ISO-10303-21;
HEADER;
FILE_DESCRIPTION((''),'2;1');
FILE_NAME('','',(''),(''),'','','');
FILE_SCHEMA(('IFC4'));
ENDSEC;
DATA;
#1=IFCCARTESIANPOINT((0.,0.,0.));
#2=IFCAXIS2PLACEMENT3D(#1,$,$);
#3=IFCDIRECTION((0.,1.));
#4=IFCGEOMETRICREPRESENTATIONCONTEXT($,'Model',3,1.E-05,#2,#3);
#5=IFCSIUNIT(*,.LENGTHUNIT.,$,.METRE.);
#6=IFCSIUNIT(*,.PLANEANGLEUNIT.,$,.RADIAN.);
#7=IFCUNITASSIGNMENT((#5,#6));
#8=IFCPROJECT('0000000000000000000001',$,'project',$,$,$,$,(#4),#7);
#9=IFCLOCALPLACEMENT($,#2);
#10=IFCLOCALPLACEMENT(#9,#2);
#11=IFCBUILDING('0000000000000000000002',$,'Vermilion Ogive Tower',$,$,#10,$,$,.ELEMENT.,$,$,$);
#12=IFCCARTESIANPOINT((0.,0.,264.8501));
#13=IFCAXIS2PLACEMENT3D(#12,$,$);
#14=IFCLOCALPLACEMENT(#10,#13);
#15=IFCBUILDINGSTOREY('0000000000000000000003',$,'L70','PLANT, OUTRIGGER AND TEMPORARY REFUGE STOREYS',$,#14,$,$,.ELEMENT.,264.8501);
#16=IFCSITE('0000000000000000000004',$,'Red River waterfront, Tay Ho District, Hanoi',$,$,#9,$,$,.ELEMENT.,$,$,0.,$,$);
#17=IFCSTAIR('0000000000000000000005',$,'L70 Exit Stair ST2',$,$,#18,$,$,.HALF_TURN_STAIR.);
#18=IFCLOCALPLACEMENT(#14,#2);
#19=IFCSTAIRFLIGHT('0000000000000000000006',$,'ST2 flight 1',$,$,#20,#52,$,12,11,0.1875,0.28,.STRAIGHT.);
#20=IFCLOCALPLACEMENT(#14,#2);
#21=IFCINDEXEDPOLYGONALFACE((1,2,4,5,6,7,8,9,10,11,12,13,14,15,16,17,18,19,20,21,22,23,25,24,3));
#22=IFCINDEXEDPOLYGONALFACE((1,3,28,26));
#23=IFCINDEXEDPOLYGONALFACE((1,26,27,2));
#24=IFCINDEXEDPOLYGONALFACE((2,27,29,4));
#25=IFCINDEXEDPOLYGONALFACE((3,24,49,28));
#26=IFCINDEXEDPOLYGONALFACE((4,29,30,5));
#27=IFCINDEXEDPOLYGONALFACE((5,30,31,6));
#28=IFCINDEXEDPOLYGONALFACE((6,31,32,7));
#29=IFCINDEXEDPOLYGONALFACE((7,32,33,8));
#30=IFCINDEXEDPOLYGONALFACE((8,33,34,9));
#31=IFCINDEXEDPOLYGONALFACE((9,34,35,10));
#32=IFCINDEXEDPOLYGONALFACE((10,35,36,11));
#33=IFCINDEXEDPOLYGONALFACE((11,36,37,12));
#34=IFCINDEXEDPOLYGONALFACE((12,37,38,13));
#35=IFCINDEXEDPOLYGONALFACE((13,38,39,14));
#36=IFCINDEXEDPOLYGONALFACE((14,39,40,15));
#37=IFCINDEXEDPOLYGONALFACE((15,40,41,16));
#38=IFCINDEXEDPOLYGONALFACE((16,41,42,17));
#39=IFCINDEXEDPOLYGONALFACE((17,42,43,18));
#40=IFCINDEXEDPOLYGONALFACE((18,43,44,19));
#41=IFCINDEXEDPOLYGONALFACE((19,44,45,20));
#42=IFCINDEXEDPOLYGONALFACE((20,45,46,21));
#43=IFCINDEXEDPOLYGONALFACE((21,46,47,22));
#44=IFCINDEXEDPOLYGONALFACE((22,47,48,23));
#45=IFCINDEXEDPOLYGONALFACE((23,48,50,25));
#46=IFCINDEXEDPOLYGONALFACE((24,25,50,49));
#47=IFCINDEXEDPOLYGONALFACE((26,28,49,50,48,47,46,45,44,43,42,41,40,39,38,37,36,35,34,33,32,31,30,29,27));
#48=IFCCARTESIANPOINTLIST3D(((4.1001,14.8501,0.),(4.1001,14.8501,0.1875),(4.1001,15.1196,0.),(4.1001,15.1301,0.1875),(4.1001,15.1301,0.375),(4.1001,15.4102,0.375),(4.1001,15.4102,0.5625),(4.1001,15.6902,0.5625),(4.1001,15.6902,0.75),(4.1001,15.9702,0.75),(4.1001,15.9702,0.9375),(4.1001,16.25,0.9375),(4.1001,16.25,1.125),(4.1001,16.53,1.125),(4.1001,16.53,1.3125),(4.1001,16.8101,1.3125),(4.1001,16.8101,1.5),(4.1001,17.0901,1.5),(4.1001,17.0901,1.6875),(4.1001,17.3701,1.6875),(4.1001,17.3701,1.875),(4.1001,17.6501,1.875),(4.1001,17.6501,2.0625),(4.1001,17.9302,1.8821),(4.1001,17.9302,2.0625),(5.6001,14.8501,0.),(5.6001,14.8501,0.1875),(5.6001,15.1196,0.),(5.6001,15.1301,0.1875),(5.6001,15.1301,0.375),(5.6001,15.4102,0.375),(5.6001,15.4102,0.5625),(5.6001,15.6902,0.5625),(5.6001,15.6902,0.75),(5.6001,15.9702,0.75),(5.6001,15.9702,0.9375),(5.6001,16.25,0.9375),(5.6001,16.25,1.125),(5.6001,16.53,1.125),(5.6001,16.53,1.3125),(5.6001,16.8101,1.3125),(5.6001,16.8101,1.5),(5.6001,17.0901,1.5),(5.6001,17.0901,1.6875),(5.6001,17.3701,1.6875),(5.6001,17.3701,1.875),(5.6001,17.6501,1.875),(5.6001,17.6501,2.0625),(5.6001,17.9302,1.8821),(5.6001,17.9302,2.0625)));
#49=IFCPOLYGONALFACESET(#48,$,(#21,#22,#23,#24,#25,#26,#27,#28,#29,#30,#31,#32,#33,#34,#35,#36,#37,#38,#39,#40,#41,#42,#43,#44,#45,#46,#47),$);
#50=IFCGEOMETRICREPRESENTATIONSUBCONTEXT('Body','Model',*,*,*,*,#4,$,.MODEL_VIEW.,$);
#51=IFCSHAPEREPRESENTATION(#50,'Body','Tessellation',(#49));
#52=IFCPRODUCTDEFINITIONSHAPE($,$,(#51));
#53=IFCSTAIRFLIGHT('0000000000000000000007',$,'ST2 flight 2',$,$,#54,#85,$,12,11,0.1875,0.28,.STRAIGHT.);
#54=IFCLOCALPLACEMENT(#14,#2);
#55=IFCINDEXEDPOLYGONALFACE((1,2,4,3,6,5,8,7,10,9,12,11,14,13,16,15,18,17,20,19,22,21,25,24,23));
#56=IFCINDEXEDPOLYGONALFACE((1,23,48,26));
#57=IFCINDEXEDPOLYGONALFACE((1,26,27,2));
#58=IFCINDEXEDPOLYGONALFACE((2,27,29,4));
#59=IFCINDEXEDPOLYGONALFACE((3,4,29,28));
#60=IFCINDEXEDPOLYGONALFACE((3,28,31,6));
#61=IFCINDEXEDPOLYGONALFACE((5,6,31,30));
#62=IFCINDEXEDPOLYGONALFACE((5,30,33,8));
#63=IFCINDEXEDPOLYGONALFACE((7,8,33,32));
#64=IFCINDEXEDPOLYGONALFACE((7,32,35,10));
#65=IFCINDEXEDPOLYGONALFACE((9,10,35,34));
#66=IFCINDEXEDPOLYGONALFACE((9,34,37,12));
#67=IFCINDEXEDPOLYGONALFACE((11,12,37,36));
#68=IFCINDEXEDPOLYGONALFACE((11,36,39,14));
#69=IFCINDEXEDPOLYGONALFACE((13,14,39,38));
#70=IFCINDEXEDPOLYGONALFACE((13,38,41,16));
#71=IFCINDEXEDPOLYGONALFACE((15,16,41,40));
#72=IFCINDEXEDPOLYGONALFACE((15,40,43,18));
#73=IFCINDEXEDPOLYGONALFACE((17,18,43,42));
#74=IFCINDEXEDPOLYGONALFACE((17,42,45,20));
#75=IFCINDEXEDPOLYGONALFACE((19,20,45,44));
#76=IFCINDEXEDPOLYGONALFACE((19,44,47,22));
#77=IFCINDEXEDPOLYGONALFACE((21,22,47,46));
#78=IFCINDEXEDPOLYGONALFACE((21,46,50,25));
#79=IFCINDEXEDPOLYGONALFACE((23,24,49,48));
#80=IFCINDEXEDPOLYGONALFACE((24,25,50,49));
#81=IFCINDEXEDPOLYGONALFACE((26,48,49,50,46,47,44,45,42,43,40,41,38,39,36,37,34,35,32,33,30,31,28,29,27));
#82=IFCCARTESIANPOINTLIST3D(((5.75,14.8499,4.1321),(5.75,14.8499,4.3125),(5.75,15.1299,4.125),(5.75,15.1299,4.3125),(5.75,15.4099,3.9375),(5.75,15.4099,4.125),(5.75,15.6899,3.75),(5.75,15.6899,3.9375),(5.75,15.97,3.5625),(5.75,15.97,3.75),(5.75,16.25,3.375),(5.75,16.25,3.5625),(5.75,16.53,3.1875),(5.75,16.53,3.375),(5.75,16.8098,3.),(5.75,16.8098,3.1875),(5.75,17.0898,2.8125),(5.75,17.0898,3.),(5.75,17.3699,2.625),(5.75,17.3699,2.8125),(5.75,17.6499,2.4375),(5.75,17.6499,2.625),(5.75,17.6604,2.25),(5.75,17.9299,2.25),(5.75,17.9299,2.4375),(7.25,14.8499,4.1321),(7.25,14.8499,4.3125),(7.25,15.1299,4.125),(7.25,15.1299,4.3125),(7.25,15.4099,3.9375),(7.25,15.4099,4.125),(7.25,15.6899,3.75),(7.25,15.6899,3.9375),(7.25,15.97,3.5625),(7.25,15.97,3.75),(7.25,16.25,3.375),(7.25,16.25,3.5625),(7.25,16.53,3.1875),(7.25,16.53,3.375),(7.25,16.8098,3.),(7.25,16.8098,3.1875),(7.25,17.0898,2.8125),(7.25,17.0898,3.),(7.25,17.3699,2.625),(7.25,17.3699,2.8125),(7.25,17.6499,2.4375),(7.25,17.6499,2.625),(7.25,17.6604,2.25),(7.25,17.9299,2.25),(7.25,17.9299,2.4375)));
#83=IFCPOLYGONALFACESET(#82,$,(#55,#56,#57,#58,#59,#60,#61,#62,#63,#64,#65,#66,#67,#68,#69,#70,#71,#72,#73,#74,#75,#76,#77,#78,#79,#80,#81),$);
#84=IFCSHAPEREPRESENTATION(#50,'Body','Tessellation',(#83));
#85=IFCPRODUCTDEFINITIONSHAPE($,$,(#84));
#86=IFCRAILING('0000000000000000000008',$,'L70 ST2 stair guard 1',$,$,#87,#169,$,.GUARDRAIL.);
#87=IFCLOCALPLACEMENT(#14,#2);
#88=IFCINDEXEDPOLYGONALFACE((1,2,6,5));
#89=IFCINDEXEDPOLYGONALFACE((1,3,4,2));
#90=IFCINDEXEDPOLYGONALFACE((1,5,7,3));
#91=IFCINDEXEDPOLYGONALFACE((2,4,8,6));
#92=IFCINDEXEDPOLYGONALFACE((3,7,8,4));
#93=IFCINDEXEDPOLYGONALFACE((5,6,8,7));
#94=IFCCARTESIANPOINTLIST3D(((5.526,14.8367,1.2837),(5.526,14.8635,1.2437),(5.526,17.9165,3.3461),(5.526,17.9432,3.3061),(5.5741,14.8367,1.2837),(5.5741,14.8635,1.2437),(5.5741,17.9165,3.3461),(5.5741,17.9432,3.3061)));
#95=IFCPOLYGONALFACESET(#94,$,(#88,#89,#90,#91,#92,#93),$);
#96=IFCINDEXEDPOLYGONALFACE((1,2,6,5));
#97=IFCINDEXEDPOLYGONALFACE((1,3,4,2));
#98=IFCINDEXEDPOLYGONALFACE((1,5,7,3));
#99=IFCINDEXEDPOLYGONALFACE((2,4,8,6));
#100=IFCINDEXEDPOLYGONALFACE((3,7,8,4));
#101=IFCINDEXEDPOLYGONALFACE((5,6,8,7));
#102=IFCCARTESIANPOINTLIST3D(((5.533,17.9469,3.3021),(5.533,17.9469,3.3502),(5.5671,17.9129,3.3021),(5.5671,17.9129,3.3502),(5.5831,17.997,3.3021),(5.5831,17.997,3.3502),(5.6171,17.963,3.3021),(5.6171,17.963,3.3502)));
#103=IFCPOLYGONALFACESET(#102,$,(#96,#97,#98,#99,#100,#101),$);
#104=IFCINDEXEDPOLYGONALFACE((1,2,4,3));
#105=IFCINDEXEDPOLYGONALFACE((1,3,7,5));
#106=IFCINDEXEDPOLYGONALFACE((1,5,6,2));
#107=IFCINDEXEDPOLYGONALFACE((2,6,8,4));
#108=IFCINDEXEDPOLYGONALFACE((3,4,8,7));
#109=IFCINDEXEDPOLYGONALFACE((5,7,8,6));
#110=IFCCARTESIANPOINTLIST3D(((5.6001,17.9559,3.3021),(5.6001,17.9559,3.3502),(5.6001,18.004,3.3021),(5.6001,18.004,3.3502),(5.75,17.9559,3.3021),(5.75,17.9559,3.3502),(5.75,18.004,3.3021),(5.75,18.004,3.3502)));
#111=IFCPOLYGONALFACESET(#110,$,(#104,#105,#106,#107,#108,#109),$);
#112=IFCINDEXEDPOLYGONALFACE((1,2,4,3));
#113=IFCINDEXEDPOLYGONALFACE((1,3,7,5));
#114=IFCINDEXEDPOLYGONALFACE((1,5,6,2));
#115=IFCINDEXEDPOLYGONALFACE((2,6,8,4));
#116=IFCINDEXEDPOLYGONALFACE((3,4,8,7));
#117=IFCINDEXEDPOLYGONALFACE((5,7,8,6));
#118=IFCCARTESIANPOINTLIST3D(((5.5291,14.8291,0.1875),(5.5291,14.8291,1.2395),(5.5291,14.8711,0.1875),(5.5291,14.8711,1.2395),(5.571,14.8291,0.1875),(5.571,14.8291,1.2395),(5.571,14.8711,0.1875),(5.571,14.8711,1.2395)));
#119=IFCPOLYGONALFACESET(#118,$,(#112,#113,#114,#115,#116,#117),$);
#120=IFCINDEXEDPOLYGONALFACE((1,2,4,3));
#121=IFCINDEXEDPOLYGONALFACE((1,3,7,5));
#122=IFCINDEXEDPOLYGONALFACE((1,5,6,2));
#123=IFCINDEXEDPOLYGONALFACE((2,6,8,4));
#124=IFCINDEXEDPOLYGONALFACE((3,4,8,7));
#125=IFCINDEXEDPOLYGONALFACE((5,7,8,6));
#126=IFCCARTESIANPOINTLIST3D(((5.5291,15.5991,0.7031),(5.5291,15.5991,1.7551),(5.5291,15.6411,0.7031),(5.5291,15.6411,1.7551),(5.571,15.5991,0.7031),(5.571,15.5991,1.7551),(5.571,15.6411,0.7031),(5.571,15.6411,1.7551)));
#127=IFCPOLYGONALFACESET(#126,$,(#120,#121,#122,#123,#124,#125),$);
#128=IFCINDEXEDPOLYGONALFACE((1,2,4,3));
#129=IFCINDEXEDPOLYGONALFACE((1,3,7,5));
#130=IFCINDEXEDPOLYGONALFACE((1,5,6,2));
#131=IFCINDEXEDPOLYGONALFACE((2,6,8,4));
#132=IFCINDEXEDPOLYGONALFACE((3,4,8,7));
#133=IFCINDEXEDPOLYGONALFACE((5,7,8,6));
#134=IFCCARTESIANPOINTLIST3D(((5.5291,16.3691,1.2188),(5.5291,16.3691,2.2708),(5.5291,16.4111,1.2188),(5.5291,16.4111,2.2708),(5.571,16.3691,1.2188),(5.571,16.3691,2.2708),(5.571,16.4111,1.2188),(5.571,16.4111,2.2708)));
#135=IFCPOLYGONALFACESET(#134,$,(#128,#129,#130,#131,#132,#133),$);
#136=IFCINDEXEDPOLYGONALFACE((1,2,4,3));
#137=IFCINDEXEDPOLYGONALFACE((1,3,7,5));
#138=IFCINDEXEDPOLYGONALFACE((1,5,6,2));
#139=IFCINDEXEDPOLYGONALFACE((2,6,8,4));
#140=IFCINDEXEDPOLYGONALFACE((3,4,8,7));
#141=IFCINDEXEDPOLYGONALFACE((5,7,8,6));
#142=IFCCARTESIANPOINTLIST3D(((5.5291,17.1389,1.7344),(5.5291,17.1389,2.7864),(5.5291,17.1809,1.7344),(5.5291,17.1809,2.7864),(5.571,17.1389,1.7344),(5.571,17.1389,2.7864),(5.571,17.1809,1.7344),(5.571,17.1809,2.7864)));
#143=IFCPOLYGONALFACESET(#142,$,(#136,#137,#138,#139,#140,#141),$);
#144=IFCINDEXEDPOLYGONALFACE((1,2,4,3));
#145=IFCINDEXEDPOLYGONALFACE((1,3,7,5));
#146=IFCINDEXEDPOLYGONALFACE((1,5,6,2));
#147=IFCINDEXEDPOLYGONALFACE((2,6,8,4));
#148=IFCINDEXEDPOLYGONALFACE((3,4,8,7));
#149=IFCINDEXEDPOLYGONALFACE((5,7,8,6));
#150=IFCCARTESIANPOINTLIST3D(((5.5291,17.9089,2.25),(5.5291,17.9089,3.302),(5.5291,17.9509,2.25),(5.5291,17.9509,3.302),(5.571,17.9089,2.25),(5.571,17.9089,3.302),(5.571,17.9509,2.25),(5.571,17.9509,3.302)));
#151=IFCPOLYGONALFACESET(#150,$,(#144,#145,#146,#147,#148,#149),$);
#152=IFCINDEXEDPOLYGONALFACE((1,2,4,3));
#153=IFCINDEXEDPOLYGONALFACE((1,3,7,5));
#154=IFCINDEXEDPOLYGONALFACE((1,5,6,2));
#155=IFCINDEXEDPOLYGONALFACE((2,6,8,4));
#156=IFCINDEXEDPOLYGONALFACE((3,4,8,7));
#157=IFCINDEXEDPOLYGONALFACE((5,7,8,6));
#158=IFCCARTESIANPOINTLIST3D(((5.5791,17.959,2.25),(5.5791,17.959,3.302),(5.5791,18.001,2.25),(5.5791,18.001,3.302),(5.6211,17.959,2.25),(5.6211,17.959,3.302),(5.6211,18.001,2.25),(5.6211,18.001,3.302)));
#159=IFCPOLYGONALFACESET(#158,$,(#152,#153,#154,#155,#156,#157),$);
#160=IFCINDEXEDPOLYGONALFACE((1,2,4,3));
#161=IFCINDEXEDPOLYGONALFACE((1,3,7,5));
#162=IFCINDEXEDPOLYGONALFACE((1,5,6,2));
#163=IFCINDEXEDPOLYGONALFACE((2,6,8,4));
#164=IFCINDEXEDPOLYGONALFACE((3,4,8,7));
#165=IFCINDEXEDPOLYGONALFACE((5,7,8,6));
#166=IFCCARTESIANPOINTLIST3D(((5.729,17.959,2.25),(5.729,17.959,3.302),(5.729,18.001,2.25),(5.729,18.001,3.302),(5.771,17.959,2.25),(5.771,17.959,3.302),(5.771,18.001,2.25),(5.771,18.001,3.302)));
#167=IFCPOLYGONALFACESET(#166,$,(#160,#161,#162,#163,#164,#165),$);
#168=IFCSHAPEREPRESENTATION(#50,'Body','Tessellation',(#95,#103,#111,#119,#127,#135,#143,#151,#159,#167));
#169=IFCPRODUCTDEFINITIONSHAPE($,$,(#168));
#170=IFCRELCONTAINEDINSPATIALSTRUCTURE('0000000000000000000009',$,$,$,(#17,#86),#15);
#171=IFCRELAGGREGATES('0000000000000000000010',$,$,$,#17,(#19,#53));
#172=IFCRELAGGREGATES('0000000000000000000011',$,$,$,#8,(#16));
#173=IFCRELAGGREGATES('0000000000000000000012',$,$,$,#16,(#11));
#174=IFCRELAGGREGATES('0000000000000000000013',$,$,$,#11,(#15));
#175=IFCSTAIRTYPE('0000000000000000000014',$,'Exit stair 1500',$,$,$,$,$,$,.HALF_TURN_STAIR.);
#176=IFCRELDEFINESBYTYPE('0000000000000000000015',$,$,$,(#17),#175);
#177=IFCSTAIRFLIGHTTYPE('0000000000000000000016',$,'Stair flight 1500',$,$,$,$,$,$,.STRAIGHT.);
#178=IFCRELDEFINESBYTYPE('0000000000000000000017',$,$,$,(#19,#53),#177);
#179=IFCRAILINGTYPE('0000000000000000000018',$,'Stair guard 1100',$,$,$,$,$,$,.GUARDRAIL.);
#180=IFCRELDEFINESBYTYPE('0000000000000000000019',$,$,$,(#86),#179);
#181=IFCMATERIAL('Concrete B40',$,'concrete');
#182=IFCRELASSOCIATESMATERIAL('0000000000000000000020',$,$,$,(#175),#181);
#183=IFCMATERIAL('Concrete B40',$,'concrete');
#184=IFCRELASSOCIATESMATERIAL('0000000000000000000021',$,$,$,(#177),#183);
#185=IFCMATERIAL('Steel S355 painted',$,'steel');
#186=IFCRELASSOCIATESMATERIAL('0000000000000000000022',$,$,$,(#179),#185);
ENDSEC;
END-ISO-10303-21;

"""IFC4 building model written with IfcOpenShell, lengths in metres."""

from ifc_helpers import new_model, si_unit, direction, frame, origin, origin_2d, place, context, subcontext, project, spatial, polyline, rectangle, outline, extrude, material, type_object, element, aggregate, save


model = new_model("IFC4")

# Units and contexts
model_context = context("Model", 3, precision=1e-05, world=origin(), true_north=direction((0.0, 1.0)))
body_context = subcontext(model_context, "Body", "Model", "MODEL_VIEW")
ifc_project = project(units=[si_unit("LENGTHUNIT", "METRE"), si_unit("PLANEANGLEUNIT", "RADIAN")], contexts=[model_context])

# Site, building, storey
site_placement = place(None, origin())
site = spatial("IfcSite", under=ifc_project, at=site_placement, Name="Red River waterfront, Tay Ho District, Hanoi", CompositionType="ELEMENT", RefElevation=0.0)
building_placement = place(site_placement, origin())
building = spatial("IfcBuilding", under=site, at=building_placement, Name="Vermilion Ogive Tower", CompositionType="ELEMENT")
storey_placement = place(building_placement, frame((0.0, 0.0, 264.8501)))
storey = spatial("IfcBuildingStorey", under=building, at=storey_placement, Name="L70", Description="PLANT, OUTRIGGER AND TEMPORARY REFUGE STOREYS", CompositionType="ELEMENT", Elevation=264.8501)

# Shared definitions
ifc_material_1 = material(Name="Concrete B40", Category="concrete")
stair_type = type_object("IfcStairType", Name="Exit stair 1500", PredefinedType="HALF_TURN_STAIR", material=ifc_material_1)

# Stair, stair flights
stair_1_placement = place(storey_placement, origin())
stair_1 = element("IfcStair", 1, at=stair_1_placement, inside=storey, type_object=stair_type, Name="L70 Exit Stair ST2", PredefinedType="HALF_TURN_STAIR")
ifc_material_2 = material(Name="Concrete B40", Category="concrete")
stair_flight_type = type_object("IfcStairFlightType", Name="Stair flight 1500", PredefinedType="STRAIGHT", material=ifc_material_2)
stair_flight_1_placement = place(storey_placement, frame((4.8501, 14.8501, 0.0), z_axis=(0.0, 0.0, 1.0), x_axis=(0.0, 1.0, 0.0)))
stair_flight_1 = element("IfcStairFlight", 2, at=stair_flight_1_placement, type_object=stair_flight_type, Name="ST2 flight 1", NumberOfRisers=12, NumberOfTreads=11, PredefinedType="STRAIGHT", RiserHeight=0.1875, TreadLength=0.28, context=body_context, shape_type="SweptSolid", body=[
    extrude(outline(polyline([(0.0, 0.0), (0.0, 0.1875), (0.28, 0.1875), (0.28, 0.375), (0.5601, 0.375), (0.5601, 0.5625), (0.8401, 0.5625), (0.8401, 0.75), (1.1201, 0.75), (1.1201, 0.9375), (1.3999, 0.9375), (1.3999, 1.125), (1.6799, 1.125), (1.6799, 1.3125), (1.96, 1.3125), (1.96, 1.5), (2.24, 1.5), (2.24, 1.6875), (2.52, 1.6875), (2.52, 1.875), (2.8, 1.875), (2.8, 2.0625), (3.0801, 2.0625), (3.0801, 2.25), (3.0801, 1.8821), (0.2695, 0.0), (0.0, 0.0)])), frame((0.0, 0.75, 0.0), z_axis=(0.0, -1.0, 0.0), x_axis=(1.0, 0.0, 0.0)), (0.0, 0.0, 1.0), 1.5),
])
stair_flight_2_placement = place(storey_placement, frame((6.5, 17.9299, 2.25), z_axis=(0.0, 0.0, 1.0), x_axis=(0.0, -1.0, 0.0)))
stair_flight_2 = element("IfcStairFlight", 3, at=stair_flight_2_placement, type_object=stair_flight_type, Name="ST2 flight 2", NumberOfRisers=12, NumberOfTreads=11, PredefinedType="STRAIGHT", RiserHeight=0.1875, TreadLength=0.28, context=body_context, shape_type="SweptSolid", body=[
    extrude(outline(polyline([(0.0, 0.0), (0.0, 0.1875), (0.28, 0.1875), (0.28, 0.375), (0.5601, 0.375), (0.5601, 0.5625), (0.8401, 0.5625), (0.8401, 0.75), (1.1201, 0.75), (1.1201, 0.9375), (1.3999, 0.9375), (1.3999, 1.125), (1.6799, 1.125), (1.6799, 1.3125), (1.96, 1.3125), (1.96, 1.5), (2.24, 1.5), (2.24, 1.6875), (2.52, 1.6875), (2.52, 1.875), (2.8, 1.875), (2.8, 2.0625), (3.0801, 2.0625), (3.0801, 2.25), (3.0801, 1.8821), (0.2695, 0.0), (0.0, 0.0)])), frame((0.0, 0.75, 0.0), z_axis=(0.0, -1.0, 0.0), x_axis=(1.0, 0.0, 0.0)), (0.0, 0.0, 1.0), 1.5),
])
aggregate(stair_1, [stair_flight_1, stair_flight_2])

# Railing
ifc_material_3 = material(Name="Steel S355 painted", Category="steel")
railing_type_1 = type_object("IfcRailingType", Name="Stair guard 1100", PredefinedType="GUARDRAIL", material=ifc_material_3)
railing_1_placement = place(storey_placement, frame((5.55, 14.8501, 0.1875)))
element("IfcRailing", 4, at=railing_1_placement, inside=storey, type_object=railing_type_1, Name="L70 ST2 stair guard 1", PredefinedType="GUARDRAIL", context=body_context, shape_type="SweptSolid", body=[
    extrude(rectangle(XDim=0.0481, YDim=0.0481, at=origin_2d()), frame((0.0, 0.0, 1.0762), z_axis=(0.0, 0.830893, 0.556432), x_axis=(-1.0, 0.0, 0.0)), (0.0, 0.0, 1.0), 3.7065),
    extrude(rectangle(XDim=0.0481, YDim=0.0481, at=origin_2d()), frame((0.0, 3.0798, 3.1387), z_axis=(0.707107, 0.707107, 0.0), x_axis=(-0.707107, 0.707107, 0.0)), (0.0, 0.0, 1.0), 0.0708),
    extrude(rectangle(XDim=0.0481, YDim=0.0481, at=origin_2d()), frame((0.05, 3.1299, 3.1387), z_axis=(1.0, 0.0, 0.0), x_axis=(0.0, 1.0, 0.0)), (0.0, 0.0, 1.0), 0.1499),
    extrude(rectangle(XDim=0.042, YDim=0.042, at=origin_2d()), origin(), (0.0, 0.0, 1.0), 1.052),
    extrude(rectangle(XDim=0.042, YDim=0.042, at=origin_2d()), frame((0.0, 0.77, 0.5156)), (0.0, 0.0, 1.0), 1.052),
    extrude(rectangle(XDim=0.042, YDim=0.042, at=origin_2d()), frame((0.0, 1.54, 1.0312)), (0.0, 0.0, 1.0), 1.052),
    extrude(rectangle(XDim=0.042, YDim=0.042, at=origin_2d()), frame((0.0, 2.3098, 1.5469)), (0.0, 0.0, 1.0), 1.052),
    extrude(rectangle(XDim=0.042, YDim=0.042, at=origin_2d()), frame((0.0, 3.0798, 2.0625)), (0.0, 0.0, 1.0), 1.052),
    extrude(rectangle(XDim=0.042, YDim=0.042, at=origin_2d()), frame((0.05, 3.1299, 2.0625)), (0.0, 0.0, 1.0), 1.052),
    extrude(rectangle(XDim=0.042, YDim=0.042, at=origin_2d()), frame((0.2, 3.1299, 2.0625)), (0.0, 0.0, 1.0), 1.052),
])

save(model, "model.ifc")
